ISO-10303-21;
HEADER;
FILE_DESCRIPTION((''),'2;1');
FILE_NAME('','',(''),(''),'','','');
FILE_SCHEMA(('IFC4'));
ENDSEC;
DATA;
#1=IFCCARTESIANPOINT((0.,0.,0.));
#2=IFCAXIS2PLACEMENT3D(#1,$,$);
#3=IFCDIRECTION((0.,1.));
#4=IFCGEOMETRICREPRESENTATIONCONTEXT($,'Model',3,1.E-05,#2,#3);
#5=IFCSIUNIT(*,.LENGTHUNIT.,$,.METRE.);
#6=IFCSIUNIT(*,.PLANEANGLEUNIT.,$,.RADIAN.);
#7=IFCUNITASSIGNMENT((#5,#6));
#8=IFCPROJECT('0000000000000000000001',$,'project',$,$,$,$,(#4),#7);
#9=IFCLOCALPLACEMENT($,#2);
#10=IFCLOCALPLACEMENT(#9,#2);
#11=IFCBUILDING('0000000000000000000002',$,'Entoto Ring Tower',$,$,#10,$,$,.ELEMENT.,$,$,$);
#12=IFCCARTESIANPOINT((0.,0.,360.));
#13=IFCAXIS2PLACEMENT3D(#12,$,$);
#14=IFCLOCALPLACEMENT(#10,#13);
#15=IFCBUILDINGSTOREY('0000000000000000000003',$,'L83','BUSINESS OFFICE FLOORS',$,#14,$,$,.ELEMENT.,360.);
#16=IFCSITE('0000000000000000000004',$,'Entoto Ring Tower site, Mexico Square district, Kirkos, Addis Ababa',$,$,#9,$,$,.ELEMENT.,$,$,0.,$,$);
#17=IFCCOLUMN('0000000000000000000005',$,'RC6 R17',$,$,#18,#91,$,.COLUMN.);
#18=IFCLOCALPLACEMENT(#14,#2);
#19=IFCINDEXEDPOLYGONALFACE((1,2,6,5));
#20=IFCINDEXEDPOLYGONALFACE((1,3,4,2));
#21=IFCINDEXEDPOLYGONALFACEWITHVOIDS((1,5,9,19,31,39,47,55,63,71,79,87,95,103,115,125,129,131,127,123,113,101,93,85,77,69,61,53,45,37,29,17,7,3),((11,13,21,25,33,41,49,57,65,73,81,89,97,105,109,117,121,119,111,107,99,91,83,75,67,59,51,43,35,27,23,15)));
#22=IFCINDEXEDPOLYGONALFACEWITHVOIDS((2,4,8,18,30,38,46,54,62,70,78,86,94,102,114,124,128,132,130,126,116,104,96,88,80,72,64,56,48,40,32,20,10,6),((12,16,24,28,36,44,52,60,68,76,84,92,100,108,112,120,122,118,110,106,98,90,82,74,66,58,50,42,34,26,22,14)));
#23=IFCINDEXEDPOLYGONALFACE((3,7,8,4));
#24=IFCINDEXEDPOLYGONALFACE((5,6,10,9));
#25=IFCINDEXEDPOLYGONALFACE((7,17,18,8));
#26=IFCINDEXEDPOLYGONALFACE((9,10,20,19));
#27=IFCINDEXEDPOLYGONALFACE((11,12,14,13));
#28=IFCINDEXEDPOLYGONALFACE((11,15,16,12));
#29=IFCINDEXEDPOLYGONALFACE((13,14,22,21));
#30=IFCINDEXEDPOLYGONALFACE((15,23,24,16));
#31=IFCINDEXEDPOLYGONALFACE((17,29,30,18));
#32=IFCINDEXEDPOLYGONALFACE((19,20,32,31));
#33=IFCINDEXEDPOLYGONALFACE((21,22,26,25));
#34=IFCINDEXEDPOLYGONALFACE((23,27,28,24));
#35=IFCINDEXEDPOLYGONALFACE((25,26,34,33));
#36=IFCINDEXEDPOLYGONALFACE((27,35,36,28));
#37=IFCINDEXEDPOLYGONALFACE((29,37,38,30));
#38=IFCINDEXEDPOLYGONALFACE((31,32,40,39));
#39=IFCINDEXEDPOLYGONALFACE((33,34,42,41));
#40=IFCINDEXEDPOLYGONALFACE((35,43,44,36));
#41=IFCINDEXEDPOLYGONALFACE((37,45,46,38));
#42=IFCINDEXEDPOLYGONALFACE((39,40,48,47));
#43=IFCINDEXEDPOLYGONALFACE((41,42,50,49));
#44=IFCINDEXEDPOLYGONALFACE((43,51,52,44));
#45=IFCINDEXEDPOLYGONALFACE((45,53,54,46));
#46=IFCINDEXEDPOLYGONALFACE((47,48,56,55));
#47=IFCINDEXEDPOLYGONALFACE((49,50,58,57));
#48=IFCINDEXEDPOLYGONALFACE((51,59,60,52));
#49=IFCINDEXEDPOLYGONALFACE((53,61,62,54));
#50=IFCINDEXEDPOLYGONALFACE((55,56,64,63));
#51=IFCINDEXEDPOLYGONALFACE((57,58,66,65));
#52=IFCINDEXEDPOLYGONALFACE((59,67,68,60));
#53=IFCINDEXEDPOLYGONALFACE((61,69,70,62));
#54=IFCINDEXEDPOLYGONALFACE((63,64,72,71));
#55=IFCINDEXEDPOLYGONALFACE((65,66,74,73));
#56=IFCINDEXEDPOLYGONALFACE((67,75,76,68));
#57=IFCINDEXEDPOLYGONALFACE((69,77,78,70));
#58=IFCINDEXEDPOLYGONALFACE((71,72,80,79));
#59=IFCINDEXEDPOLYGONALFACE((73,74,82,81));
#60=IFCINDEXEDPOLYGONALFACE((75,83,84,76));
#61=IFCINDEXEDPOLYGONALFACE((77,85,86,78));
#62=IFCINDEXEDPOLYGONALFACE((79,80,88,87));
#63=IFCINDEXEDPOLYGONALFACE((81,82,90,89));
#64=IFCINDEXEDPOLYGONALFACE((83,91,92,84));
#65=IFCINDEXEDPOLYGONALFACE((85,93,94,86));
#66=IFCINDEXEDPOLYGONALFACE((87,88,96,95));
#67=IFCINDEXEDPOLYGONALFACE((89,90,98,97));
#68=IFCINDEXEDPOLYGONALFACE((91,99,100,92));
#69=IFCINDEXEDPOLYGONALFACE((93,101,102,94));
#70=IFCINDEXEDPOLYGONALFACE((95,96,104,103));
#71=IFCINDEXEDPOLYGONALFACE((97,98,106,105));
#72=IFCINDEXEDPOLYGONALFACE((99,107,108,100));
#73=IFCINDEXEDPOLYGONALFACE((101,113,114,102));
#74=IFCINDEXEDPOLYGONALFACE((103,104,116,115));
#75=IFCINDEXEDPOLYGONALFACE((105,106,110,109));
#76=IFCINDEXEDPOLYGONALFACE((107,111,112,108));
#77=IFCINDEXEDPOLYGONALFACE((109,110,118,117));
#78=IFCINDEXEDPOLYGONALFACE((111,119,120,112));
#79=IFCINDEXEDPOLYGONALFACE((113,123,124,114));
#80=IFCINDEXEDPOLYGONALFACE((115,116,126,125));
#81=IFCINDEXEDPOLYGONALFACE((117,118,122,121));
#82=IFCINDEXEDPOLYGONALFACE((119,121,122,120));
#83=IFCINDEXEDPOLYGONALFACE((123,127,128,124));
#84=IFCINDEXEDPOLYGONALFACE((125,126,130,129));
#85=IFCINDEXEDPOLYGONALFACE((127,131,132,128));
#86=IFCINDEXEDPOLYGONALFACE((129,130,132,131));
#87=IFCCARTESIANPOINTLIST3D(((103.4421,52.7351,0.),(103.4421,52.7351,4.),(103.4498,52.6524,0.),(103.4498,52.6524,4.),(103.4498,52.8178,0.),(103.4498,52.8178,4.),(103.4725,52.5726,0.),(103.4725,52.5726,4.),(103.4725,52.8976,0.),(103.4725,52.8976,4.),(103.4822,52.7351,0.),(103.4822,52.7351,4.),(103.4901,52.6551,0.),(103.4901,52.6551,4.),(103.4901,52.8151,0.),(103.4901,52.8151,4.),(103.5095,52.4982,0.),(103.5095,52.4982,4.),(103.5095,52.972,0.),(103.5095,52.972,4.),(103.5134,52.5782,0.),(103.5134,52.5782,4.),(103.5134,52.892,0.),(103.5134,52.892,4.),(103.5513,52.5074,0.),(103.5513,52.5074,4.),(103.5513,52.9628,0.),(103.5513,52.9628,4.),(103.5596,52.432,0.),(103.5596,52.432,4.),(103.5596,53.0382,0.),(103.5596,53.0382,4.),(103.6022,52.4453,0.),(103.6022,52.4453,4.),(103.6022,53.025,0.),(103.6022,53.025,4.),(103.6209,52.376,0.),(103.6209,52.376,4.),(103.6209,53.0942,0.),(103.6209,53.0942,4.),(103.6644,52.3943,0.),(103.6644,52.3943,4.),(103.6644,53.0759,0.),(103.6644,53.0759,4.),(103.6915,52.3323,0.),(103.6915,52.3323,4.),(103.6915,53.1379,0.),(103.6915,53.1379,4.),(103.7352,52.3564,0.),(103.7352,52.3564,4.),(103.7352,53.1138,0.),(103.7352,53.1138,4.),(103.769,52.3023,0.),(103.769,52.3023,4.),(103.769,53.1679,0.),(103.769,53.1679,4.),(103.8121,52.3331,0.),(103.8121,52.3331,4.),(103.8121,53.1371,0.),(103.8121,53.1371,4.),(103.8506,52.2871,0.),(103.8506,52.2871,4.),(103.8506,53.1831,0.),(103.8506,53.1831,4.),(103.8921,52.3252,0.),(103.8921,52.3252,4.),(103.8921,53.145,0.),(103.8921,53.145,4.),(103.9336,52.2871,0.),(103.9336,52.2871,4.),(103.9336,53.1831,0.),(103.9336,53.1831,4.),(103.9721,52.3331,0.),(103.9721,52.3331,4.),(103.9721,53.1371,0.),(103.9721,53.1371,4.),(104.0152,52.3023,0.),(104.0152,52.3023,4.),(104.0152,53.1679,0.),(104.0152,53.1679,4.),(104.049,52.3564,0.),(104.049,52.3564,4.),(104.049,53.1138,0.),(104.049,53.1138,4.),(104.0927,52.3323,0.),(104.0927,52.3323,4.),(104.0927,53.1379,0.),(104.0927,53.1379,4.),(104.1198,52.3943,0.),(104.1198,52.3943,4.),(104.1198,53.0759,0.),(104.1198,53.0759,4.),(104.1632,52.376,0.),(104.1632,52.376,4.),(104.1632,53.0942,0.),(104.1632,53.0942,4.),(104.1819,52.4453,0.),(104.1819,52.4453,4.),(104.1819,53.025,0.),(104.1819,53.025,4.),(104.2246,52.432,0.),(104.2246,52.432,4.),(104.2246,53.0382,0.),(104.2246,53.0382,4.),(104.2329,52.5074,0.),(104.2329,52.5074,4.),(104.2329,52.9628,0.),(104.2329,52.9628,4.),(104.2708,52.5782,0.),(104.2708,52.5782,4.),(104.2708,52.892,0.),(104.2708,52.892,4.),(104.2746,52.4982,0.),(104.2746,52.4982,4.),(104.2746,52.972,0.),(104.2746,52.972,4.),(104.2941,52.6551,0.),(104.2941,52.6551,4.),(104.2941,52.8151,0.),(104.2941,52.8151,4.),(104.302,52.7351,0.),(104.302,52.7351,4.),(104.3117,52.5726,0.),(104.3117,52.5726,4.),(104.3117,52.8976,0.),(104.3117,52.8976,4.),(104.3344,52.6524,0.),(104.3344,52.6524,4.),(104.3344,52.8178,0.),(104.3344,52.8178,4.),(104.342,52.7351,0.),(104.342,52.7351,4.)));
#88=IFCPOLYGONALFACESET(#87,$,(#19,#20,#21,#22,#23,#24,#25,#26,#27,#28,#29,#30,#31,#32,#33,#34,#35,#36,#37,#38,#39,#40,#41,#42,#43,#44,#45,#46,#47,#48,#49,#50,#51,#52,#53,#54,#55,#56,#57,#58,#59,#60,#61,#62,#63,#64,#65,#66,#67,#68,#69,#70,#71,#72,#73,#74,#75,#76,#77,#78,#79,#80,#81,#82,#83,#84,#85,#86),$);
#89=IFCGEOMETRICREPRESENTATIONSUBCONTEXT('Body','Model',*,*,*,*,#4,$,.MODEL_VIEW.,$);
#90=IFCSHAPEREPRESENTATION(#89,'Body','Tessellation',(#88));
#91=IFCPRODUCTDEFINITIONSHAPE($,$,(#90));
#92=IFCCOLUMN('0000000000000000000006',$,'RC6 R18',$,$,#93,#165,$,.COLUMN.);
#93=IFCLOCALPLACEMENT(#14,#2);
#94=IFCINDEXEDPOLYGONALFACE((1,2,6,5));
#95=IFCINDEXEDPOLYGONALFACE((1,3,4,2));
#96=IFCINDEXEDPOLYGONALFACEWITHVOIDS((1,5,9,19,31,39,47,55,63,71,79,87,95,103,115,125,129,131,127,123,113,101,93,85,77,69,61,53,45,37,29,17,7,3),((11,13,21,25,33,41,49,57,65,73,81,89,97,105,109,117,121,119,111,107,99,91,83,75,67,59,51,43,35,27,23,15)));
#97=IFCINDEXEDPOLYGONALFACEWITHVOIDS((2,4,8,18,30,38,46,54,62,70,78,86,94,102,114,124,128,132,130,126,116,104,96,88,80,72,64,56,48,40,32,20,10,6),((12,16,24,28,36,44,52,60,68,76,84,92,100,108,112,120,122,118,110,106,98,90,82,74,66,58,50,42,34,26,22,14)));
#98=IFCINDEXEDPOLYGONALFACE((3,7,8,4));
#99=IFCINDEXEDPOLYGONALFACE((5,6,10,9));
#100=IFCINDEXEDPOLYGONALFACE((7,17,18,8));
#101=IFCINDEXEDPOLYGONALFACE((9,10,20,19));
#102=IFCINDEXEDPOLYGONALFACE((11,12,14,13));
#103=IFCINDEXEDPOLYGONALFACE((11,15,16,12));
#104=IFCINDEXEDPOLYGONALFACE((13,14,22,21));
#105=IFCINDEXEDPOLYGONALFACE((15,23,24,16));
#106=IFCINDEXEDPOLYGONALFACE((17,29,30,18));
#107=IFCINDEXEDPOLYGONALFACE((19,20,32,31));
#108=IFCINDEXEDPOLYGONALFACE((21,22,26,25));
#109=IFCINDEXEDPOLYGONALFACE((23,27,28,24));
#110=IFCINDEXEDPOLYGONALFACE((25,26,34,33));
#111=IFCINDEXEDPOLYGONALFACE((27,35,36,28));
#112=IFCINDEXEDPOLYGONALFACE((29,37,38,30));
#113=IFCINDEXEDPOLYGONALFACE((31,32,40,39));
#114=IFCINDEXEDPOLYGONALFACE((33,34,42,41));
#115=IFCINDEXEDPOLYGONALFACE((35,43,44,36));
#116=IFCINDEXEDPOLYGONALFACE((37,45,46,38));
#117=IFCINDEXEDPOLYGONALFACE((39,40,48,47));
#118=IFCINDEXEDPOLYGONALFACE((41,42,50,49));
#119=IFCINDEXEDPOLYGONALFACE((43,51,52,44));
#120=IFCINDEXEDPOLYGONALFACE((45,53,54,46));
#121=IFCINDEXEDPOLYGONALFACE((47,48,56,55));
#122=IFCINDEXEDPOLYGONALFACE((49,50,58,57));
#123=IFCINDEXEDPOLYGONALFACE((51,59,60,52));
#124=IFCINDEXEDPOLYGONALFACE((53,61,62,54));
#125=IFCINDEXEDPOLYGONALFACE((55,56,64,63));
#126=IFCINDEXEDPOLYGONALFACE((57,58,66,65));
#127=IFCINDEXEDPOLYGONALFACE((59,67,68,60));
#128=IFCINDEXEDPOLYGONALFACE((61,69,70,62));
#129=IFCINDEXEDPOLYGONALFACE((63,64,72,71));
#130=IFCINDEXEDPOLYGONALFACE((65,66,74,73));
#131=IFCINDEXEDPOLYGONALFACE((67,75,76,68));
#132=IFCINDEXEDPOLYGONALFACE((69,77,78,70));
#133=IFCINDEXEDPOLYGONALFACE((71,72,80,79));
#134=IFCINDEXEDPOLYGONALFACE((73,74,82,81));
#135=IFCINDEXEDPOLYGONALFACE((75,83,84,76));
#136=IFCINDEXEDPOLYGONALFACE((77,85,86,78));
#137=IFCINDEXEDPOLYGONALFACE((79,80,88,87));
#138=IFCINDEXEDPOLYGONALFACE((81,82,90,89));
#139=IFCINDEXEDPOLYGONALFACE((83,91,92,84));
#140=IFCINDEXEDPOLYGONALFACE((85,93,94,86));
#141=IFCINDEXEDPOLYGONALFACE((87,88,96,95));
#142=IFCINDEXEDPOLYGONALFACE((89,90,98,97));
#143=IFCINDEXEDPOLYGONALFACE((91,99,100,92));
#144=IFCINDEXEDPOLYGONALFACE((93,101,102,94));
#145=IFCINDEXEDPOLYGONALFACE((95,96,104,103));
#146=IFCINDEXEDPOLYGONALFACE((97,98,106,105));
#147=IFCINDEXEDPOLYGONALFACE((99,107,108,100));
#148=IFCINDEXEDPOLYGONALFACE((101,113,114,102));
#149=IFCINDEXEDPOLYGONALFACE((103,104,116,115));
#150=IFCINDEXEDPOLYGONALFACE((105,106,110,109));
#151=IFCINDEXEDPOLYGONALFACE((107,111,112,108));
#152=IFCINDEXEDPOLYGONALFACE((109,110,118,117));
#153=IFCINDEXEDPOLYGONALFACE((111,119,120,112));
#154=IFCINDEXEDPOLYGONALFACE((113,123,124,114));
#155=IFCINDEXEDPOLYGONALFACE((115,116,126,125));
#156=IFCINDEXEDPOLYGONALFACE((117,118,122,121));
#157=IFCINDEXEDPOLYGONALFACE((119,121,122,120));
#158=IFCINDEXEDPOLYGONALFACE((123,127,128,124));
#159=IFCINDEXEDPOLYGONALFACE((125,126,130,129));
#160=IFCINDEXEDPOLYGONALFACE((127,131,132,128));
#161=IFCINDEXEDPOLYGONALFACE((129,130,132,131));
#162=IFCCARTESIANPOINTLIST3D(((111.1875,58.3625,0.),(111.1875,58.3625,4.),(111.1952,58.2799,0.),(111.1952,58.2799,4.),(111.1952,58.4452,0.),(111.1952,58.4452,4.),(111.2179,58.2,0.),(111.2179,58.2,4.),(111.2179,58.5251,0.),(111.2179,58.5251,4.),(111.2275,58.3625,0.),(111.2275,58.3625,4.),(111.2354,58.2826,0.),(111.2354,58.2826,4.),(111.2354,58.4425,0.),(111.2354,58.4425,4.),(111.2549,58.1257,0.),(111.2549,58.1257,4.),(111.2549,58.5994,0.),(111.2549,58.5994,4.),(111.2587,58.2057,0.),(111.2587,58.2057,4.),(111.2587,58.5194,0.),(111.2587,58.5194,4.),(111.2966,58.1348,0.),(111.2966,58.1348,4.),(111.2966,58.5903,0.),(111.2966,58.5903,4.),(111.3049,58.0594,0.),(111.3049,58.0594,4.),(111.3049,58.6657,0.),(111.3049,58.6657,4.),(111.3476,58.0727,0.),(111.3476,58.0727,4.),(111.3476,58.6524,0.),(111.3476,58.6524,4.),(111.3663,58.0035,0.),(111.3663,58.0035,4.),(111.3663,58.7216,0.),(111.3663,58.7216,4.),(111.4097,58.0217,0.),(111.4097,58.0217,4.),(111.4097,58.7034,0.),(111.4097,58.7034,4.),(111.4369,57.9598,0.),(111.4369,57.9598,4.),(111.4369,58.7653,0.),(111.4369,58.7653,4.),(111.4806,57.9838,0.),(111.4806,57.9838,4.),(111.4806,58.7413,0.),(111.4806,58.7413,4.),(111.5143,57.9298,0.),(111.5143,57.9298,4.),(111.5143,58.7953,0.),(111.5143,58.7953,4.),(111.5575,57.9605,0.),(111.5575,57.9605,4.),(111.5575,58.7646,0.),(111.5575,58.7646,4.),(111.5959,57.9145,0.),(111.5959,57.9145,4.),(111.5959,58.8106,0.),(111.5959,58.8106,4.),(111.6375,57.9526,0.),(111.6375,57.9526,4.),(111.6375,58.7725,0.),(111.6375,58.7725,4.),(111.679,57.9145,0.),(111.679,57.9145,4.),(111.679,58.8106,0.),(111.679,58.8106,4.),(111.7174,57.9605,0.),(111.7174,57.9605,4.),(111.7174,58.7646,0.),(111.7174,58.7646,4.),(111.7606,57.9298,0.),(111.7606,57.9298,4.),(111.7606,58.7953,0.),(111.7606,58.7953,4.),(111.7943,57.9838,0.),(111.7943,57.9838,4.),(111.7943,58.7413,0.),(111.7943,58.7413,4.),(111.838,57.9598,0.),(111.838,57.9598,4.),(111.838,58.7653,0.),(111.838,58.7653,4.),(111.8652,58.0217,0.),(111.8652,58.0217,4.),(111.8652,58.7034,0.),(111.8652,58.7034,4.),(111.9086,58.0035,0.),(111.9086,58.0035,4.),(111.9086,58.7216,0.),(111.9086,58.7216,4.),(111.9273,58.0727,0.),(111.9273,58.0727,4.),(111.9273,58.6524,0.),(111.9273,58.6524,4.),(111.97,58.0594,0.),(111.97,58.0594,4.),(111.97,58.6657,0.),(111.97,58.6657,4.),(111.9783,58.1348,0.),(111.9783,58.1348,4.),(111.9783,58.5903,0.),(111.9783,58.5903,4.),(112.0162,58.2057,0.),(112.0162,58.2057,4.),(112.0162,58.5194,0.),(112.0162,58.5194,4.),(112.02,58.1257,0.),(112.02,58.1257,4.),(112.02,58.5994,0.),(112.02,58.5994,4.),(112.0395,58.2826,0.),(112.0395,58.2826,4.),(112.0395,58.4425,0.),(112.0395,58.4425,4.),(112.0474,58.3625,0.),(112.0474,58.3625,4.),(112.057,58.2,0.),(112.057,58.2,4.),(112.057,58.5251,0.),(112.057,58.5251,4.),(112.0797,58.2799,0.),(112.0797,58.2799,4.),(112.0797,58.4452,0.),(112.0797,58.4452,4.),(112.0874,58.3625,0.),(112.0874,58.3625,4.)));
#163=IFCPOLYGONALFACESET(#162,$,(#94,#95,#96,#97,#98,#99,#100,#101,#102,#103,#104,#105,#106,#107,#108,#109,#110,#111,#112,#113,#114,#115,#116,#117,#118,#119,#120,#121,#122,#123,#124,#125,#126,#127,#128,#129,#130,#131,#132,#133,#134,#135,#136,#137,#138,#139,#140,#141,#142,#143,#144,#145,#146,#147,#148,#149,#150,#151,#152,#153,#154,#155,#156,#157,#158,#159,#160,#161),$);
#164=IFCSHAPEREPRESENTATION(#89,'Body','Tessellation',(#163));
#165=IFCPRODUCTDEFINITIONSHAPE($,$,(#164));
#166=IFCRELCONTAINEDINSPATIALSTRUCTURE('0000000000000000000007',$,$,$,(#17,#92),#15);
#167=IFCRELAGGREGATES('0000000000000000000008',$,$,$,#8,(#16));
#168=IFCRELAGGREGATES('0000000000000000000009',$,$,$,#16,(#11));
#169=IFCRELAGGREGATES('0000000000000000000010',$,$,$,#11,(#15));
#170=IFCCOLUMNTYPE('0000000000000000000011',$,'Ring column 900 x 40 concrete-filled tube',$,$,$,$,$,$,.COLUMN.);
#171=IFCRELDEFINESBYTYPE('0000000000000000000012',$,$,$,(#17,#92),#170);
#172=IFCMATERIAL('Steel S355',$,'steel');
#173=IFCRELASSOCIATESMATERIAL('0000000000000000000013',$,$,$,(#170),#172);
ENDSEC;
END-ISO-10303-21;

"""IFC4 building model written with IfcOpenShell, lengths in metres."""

from ifc_helpers import new_model, si_unit, direction, frame, origin, origin_2d, place, context, subcontext, project, spatial, circle, hollow_circle, extrude, material, material_profile, profile_set, type_object, element, save


model = new_model("IFC4")

# Units and contexts
model_context = context("Model", 3, precision=1e-05, world=origin(), true_north=direction((0.0, 1.0)))
body_context = subcontext(model_context, "Body", "Model", "MODEL_VIEW")
ifc_project = project(units=[si_unit("LENGTHUNIT", "METRE"), si_unit("PLANEANGLEUNIT", "RADIAN")], contexts=[model_context])

# Site, building, storey
site_placement = place(None, origin())
site = spatial("IfcSite", under=ifc_project, at=site_placement, Name="Entoto Ring Tower site, Mexico Square district, Kirkos, Addis Ababa", CompositionType="ELEMENT", RefElevation=0.0)
building_placement = place(site_placement, origin())
building = spatial("IfcBuilding", under=site, at=building_placement, Name="Entoto Ring Tower", CompositionType="ELEMENT")
storey_placement = place(building_placement, frame((0.0, 0.0, 360.0)))
storey = spatial("IfcBuildingStorey", under=building, at=storey_placement, Name="L83", Description="BUSINESS OFFICE FLOORS", CompositionType="ELEMENT", Elevation=360.0)

# Columns
ifc_material_1 = material(Name="Steel S355", Category="steel")
ifc_material_profile_1 = material_profile(ifc_material_1, hollow_circle(Radius=0.45, WallThickness=0.04, at=origin_2d()), Name="CHS 900 x 40")
ifc_material_2 = material(Name="Concrete C60/75", Category="concrete")
ifc_material_profile_2 = material_profile(ifc_material_2, circle(Radius=0.4099, at=origin_2d()), Name="Concrete C60/75 infill")
ifc_profile_set_1 = profile_set([ifc_material_profile_1, ifc_material_profile_2], Name="Steel S355")
column_type = type_object("IfcColumnType", Name="Ring column 900 x 40 concrete-filled tube", PredefinedType="COLUMN", material=ifc_profile_set_1)
for number, where, z_axis, x_axis, name in (
    (1, (103.8921, 52.7351, 0.0), (0.0, 0.0, 1.0), (1.0, 0.0, 0.0), "RC6 R17"),
    (2, (111.6375, 58.3625, 0.0), (0.0, 0.0, 1.0), (1.0, 0.0, 0.0), "RC6 R18"),
):
    element("IfcColumn", number, at=place(storey_placement, frame(where, z_axis=z_axis, x_axis=x_axis)), inside=storey, type_object=column_type, Name=name, PredefinedType="COLUMN", context=body_context, shape_type="SweptSolid", body=[
        extrude(hollow_circle(Radius=0.45, WallThickness=0.04, at=origin_2d()), origin(), (0.0, 0.0, 1.0), 4.0),
    ])

save(model, "model.ifc")
